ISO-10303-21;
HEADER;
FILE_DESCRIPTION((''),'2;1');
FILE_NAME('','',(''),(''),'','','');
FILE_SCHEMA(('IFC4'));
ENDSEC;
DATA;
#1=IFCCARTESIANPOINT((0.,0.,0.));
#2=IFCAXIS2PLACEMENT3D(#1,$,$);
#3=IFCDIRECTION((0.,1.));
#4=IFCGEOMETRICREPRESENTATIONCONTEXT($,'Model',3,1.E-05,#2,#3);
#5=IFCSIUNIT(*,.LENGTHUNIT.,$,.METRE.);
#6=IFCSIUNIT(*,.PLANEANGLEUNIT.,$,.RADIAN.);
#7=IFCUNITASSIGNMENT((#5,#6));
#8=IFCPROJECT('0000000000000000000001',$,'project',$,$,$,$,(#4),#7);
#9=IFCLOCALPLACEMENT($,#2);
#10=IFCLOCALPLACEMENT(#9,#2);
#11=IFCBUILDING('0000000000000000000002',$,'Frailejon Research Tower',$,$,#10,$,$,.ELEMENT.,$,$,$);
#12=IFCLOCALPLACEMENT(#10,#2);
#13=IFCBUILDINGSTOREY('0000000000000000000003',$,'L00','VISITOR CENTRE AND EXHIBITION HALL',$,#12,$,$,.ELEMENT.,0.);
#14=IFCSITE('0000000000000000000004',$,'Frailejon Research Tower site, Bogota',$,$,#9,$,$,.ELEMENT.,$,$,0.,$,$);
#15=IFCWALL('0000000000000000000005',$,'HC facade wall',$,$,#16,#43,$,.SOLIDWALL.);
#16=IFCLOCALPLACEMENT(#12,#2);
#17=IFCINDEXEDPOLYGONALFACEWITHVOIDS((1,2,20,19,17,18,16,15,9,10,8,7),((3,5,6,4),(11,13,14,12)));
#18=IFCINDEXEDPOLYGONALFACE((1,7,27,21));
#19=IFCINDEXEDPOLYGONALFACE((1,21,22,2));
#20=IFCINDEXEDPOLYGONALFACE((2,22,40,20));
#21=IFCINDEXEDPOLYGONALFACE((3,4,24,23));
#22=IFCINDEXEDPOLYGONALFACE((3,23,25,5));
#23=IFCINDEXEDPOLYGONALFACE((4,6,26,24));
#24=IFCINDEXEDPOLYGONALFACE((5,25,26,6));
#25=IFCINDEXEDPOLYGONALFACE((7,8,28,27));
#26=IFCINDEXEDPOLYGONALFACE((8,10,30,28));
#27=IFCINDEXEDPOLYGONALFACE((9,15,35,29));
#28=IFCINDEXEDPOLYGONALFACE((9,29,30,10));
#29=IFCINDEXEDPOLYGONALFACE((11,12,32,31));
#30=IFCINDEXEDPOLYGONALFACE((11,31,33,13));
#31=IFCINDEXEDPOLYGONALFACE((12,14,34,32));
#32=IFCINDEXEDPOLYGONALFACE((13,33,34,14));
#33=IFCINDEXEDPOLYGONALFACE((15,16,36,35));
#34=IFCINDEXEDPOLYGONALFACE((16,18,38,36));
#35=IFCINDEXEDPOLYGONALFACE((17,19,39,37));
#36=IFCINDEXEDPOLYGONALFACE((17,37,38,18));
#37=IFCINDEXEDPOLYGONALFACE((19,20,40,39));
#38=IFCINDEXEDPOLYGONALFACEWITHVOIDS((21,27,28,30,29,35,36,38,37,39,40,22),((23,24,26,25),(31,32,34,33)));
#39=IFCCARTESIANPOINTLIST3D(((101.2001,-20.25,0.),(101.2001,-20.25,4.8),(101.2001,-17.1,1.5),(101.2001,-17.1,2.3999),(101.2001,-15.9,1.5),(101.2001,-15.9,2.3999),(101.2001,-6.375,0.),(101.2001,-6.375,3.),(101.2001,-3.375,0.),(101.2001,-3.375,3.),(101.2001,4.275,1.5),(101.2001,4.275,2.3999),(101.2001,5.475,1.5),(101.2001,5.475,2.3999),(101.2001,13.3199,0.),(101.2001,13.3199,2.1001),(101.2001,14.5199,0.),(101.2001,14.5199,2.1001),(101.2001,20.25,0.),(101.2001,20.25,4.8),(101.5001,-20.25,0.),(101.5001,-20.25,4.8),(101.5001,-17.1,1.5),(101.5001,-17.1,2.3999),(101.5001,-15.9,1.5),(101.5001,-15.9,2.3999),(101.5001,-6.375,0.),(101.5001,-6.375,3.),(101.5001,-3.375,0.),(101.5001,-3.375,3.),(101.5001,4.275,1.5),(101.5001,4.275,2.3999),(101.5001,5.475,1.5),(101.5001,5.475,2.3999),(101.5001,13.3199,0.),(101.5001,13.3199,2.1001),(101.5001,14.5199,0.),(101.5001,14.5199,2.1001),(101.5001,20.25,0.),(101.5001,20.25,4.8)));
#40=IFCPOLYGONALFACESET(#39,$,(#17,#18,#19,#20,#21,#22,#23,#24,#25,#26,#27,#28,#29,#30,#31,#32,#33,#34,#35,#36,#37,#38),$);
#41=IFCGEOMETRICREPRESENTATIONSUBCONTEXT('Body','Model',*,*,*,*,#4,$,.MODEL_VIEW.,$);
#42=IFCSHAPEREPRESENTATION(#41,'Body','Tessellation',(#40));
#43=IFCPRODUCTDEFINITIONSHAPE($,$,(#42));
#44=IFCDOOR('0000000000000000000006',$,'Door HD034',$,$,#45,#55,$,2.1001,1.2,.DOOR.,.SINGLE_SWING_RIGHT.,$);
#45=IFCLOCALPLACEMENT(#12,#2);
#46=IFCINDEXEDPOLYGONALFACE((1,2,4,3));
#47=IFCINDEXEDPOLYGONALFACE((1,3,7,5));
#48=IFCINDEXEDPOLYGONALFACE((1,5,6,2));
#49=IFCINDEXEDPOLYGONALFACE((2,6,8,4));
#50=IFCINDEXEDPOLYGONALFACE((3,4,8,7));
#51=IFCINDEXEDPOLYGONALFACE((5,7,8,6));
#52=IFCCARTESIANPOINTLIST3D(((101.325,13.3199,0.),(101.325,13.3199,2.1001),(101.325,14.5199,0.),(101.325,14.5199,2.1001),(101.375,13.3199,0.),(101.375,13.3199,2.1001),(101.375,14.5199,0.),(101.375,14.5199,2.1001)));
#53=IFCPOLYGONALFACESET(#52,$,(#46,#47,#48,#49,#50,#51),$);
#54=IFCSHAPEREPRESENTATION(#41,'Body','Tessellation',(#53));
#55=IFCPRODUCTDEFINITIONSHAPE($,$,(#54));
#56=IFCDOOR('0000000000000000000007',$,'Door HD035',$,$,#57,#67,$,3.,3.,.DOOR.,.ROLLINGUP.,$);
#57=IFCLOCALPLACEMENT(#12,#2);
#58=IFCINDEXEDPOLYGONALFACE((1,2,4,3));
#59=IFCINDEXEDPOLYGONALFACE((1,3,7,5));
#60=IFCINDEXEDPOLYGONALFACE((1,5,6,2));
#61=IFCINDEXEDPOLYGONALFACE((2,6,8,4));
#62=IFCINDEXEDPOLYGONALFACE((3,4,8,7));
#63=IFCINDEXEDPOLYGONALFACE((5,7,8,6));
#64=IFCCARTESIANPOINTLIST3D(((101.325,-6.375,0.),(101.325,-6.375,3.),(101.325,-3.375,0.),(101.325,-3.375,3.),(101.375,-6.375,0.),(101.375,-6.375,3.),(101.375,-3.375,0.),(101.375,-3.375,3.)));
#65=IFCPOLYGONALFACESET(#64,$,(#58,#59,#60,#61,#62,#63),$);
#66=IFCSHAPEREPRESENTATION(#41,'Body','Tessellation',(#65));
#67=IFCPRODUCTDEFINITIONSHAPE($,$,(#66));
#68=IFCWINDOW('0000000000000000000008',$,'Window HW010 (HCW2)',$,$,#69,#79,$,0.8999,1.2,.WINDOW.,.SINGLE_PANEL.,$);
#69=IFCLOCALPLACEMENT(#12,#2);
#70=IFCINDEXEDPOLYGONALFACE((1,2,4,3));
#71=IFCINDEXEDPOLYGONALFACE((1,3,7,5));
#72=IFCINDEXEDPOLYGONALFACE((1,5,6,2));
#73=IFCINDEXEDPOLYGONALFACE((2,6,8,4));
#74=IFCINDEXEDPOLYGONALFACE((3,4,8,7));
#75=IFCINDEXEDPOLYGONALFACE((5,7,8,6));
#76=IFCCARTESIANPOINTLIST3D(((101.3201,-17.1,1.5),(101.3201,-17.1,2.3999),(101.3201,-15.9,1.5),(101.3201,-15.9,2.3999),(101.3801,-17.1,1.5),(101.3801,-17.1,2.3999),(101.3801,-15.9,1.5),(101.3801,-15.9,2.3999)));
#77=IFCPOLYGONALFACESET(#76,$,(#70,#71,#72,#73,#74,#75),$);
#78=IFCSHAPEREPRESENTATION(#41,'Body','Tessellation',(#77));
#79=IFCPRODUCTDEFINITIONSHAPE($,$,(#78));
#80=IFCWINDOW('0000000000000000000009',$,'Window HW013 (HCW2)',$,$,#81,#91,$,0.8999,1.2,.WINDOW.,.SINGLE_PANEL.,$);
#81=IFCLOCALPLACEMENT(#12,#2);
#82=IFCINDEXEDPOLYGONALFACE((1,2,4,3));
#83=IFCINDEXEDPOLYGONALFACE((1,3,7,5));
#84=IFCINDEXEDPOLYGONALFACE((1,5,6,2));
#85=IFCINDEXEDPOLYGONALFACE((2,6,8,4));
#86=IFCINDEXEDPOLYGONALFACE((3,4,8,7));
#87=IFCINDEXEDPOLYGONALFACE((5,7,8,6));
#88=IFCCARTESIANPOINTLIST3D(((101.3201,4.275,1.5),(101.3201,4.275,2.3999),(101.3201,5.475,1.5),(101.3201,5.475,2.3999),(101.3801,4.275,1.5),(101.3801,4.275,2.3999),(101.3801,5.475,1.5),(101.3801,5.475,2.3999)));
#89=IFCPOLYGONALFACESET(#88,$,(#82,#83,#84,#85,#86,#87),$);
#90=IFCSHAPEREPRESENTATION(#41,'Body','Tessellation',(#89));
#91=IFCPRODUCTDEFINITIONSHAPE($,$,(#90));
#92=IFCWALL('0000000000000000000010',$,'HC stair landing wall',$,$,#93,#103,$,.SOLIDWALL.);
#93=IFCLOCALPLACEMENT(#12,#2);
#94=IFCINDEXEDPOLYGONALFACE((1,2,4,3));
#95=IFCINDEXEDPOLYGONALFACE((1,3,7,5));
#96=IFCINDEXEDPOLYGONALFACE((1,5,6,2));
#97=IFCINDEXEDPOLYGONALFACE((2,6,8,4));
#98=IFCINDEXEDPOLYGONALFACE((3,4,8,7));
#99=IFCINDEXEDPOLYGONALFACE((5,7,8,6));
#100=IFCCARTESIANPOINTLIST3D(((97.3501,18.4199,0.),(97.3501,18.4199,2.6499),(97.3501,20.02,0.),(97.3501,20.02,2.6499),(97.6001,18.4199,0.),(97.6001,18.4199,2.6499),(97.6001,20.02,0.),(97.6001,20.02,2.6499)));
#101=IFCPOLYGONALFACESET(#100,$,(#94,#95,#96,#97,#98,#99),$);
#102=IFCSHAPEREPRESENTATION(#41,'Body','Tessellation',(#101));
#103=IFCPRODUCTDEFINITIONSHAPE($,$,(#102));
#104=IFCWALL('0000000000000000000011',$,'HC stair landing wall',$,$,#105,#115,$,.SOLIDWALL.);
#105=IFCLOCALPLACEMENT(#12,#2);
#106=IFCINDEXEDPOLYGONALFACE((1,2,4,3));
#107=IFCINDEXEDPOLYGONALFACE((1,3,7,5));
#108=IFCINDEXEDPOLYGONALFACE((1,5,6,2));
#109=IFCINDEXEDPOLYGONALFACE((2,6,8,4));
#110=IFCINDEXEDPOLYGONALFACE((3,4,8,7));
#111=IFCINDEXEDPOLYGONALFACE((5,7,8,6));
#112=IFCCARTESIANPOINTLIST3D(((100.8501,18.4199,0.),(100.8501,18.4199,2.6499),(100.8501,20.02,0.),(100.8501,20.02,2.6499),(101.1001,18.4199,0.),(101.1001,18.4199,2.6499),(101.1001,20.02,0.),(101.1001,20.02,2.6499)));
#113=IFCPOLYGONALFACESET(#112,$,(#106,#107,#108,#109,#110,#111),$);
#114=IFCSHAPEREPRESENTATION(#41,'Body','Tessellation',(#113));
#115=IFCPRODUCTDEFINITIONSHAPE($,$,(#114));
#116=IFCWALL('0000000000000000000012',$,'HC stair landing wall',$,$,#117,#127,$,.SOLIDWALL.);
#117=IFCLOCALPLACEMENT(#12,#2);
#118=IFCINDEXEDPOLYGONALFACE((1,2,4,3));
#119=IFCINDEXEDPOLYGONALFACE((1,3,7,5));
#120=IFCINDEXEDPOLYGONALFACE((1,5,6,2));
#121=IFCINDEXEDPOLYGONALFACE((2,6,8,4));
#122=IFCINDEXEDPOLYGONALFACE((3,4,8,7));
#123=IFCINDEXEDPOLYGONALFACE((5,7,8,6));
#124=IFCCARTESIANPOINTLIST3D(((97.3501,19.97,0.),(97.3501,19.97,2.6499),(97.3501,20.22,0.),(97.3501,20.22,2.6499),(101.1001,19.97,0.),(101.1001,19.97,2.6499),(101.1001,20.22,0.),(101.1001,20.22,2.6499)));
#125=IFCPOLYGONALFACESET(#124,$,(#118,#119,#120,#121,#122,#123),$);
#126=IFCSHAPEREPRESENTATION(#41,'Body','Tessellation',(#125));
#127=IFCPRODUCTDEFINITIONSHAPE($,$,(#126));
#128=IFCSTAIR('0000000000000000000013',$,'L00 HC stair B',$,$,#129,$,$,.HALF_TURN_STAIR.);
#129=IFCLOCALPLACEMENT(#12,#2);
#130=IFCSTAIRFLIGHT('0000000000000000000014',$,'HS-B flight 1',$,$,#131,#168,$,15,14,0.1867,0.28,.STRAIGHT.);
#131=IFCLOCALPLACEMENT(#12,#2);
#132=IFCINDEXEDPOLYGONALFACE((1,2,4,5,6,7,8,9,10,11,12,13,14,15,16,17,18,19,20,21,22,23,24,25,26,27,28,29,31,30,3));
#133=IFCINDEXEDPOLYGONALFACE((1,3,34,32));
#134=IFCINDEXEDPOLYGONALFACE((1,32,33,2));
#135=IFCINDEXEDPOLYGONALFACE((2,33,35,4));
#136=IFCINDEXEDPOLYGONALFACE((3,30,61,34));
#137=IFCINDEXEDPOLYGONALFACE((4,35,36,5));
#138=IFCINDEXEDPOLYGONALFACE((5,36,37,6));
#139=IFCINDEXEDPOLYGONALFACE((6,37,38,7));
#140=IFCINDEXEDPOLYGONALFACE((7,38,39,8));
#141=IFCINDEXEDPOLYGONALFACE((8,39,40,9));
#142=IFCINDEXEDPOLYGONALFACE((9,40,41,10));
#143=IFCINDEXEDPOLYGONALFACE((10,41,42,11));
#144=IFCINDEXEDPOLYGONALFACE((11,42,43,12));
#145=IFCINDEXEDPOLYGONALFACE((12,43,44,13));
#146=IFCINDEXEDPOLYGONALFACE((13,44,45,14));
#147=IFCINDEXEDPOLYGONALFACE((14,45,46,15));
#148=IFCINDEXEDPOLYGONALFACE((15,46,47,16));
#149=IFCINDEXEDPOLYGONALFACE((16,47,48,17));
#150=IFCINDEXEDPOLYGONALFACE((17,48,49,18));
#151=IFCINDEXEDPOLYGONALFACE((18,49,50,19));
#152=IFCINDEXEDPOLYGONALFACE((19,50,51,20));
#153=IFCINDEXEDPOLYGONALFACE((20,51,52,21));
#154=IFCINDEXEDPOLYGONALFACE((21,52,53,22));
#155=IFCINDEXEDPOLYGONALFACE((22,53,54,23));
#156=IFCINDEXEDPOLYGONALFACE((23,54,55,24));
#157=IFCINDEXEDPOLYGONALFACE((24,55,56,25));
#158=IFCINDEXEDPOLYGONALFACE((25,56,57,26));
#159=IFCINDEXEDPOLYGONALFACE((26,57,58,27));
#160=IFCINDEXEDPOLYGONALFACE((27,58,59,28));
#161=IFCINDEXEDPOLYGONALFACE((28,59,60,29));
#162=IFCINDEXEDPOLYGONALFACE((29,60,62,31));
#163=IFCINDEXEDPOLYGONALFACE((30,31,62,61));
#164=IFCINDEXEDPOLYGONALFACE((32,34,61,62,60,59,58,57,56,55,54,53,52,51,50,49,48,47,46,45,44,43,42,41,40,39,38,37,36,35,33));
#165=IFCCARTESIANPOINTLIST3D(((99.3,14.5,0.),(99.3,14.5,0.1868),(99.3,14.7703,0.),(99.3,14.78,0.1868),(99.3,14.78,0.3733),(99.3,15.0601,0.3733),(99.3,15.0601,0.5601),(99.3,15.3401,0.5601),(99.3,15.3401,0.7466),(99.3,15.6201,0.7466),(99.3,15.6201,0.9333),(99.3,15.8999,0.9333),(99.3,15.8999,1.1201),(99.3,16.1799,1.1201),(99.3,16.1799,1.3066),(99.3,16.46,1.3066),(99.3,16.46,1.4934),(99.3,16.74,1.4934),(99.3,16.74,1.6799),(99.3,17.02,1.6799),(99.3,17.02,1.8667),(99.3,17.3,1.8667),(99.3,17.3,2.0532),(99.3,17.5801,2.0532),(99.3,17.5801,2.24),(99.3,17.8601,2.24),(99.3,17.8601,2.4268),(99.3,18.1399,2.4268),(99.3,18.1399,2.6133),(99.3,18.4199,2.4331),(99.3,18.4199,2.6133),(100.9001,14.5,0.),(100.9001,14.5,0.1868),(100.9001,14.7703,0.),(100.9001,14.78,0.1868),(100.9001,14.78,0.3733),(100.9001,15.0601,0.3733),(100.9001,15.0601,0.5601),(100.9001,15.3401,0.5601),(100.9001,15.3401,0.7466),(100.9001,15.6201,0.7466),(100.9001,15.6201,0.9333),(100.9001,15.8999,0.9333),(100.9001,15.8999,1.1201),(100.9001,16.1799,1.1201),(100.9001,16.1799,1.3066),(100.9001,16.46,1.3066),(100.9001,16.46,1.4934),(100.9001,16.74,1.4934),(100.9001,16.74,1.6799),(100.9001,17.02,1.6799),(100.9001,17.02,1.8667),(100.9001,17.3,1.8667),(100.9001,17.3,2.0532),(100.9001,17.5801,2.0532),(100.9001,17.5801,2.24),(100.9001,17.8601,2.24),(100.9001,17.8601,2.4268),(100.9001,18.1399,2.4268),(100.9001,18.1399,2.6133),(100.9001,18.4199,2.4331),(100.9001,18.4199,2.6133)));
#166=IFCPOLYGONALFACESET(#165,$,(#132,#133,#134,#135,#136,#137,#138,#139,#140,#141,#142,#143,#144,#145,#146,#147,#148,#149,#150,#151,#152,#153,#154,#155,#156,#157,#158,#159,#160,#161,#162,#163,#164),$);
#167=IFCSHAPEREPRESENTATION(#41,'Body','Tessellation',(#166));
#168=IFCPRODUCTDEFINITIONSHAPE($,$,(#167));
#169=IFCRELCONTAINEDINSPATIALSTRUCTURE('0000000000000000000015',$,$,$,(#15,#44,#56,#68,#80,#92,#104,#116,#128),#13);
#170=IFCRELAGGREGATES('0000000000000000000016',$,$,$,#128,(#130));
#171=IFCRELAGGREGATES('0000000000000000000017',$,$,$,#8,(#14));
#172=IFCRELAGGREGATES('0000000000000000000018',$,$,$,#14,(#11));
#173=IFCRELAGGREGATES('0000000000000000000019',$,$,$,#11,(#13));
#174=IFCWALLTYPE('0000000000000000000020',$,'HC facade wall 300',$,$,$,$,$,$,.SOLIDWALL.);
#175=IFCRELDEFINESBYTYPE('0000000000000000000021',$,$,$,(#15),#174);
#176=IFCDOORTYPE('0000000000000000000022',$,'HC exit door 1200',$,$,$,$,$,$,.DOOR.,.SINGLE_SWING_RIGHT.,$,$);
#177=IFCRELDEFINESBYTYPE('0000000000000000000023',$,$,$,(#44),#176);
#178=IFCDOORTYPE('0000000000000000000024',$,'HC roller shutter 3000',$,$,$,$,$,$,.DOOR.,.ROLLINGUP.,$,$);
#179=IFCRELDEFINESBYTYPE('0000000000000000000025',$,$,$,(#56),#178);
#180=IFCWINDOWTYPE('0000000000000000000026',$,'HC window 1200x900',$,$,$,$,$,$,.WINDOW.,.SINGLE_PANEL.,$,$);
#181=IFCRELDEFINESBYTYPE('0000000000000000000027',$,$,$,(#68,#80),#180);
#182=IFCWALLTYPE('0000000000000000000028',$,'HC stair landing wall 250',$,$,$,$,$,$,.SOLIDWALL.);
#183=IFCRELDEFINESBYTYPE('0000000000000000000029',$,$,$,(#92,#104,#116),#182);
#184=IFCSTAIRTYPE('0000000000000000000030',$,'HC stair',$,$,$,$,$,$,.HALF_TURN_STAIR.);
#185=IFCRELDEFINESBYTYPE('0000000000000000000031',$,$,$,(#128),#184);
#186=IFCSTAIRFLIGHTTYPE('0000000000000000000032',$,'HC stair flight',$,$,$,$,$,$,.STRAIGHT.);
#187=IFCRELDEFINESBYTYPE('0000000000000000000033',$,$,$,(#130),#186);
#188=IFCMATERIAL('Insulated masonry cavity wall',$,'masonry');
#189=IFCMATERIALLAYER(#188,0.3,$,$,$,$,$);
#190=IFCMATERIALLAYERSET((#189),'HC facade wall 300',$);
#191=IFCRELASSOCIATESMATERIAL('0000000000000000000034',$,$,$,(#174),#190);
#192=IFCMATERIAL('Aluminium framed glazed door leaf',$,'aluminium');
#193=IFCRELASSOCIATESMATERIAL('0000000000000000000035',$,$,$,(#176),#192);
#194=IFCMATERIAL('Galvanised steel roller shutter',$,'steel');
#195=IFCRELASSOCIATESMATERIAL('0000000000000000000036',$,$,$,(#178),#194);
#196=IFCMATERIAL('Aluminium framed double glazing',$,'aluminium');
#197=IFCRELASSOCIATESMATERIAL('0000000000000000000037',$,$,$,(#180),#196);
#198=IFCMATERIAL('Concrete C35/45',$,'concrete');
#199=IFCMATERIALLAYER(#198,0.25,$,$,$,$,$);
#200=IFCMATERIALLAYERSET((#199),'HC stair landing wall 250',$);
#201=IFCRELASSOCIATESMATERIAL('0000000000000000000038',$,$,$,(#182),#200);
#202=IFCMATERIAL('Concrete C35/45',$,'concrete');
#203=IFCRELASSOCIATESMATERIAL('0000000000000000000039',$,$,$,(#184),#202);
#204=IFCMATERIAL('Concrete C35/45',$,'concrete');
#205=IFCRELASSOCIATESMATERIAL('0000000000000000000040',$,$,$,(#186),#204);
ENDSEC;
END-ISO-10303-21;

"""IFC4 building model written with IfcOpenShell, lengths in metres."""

from ifc_helpers import new_model, si_unit, direction, frame, frame_2d, origin, place, context, subcontext, project, spatial, polyline, rectangle, outline, extrude, material, layer, layer_set, type_object, element, fill, aggregate, save


model = new_model("IFC4")

# Units and contexts
model_context = context("Model", 3, precision=1e-05, world=origin(), true_north=direction((0.0, 1.0)))
body_context = subcontext(model_context, "Body", "Model", "MODEL_VIEW")
ifc_project = project(units=[si_unit("LENGTHUNIT", "METRE"), si_unit("PLANEANGLEUNIT", "RADIAN")], contexts=[model_context])

# Site, building, storey
site_placement = place(None, origin())
site = spatial("IfcSite", under=ifc_project, at=site_placement, Name="Frailejon Research Tower site, Bogota", CompositionType="ELEMENT", RefElevation=0.0)
building_placement = place(site_placement, origin())
building = spatial("IfcBuilding", under=site, at=building_placement, Name="Frailejon Research Tower", CompositionType="ELEMENT")
storey_placement = place(building_placement, origin())
storey = spatial("IfcBuildingStorey", under=building, at=storey_placement, Name="L00", Description="VISITOR CENTRE AND EXHIBITION HALL", CompositionType="ELEMENT", Elevation=0.0)

# Wall, openings, doors, windows
ifc_material_1 = material(Name="Insulated masonry cavity wall", Category="masonry")
ifc_layer_1 = layer(ifc_material_1, 0.3)
ifc_layer_set_1 = layer_set([ifc_layer_1], Name="HC facade wall 300")
wall_type_1 = type_object("IfcWallType", Name="HC facade wall 300", PredefinedType="SOLIDWALL", material=ifc_layer_set_1)
wall_1_placement = place(storey_placement, frame((101.3501, 20.25, 0.0), z_axis=(0.0, 0.0, 1.0), x_axis=(0.0, -1.0, 0.0)))
wall_1 = element("IfcWall", 1, at=wall_1_placement, inside=storey, type_object=wall_type_1, Name="HC facade wall", PredefinedType="SOLIDWALL", context=body_context, shape_type="SweptSolid", body=[
    extrude(rectangle(XDim=40.5, YDim=0.3, at=frame_2d((20.25, 0.0))), origin(), (0.0, 0.0, 1.0), 4.8),
])
opening_1_placement = place(wall_1_placement, frame((5.73, 0.0, 0.0)))
opening_1 = element("IfcOpeningElement", 2, at=opening_1_placement, cuts=wall_1, PredefinedType="OPENING", context=body_context, shape_type="SweptSolid", body=[
    extrude(rectangle(XDim=1.2, YDim=2.1001, at=frame_2d((0.6001, 1.05))), frame((0.0, 0.1599, 0.0), z_axis=(0.0, -1.0, 0.0), x_axis=(1.0, 0.0, 0.0)), (0.0, 0.0, 1.0), 0.3201),
])
opening_2_placement = place(wall_1_placement, frame((23.625, 0.0, 0.0)))
opening_2 = element("IfcOpeningElement", 3, at=opening_2_placement, cuts=wall_1, PredefinedType="OPENING", context=body_context, shape_type="SweptSolid", body=[
    extrude(rectangle(XDim=3.0, YDim=3.0, at=frame_2d((1.5, 1.5))), frame((0.0, 0.1599, 0.0), z_axis=(0.0, -1.0, 0.0), x_axis=(1.0, 0.0, 0.0)), (0.0, 0.0, 1.0), 0.3201),
])
opening_3_placement = place(wall_1_placement, frame((36.1499, 0.0, 1.5)))
opening_3 = element("IfcOpeningElement", 4, at=opening_3_placement, cuts=wall_1, PredefinedType="OPENING", context=body_context, shape_type="SweptSolid", body=[
    extrude(rectangle(XDim=1.2, YDim=0.8999, at=frame_2d((0.6001, 0.45))), frame((0.0, 0.1599, 0.0), z_axis=(0.0, -1.0, 0.0), x_axis=(1.0, 0.0, 0.0)), (0.0, 0.0, 1.0), 0.3201),
])
opening_4_placement = place(wall_1_placement, frame((14.7749, 0.0, 1.5)))
opening_4 = element("IfcOpeningElement", 5, at=opening_4_placement, cuts=wall_1, PredefinedType="OPENING", context=body_context, shape_type="SweptSolid", body=[
    extrude(rectangle(XDim=1.2, YDim=0.8999, at=frame_2d((0.6001, 0.45))), frame((0.0, 0.1599, 0.0), z_axis=(0.0, -1.0, 0.0), x_axis=(1.0, 0.0, 0.0)), (0.0, 0.0, 1.0), 0.3201),
])
ifc_material_2 = material(Name="Aluminium framed glazed door leaf", Category="aluminium")
door_type_1 = type_object("IfcDoorType", Name="HC exit door 1200", OperationType="SINGLE_SWING_RIGHT", PredefinedType="DOOR", material=ifc_material_2)
door_1_placement = place(opening_1_placement, origin())
door_1 = element("IfcDoor", 6, at=door_1_placement, inside=storey, type_object=door_type_1, Name="Door HD034", OperationType="SINGLE_SWING_RIGHT", OverallHeight=2.1001, OverallWidth=1.2, PredefinedType="DOOR", context=body_context, shape_type="SweptSolid", body=[
    extrude(rectangle(XDim=1.2, YDim=2.1001, at=frame_2d((0.6001, 1.05))), frame((0.0, 0.0249, 0.0), z_axis=(0.0, -1.0, 0.0), x_axis=(1.0, 0.0, 0.0)), (0.0, 0.0, 1.0), 0.05),
])
fill(opening_1, door_1)
ifc_material_3 = material(Name="Galvanised steel roller shutter", Category="steel")
door_type_2 = type_object("IfcDoorType", Name="HC roller shutter 3000", OperationType="ROLLINGUP", PredefinedType="DOOR", material=ifc_material_3)
door_2_placement = place(opening_2_placement, origin())
door_2 = element("IfcDoor", 7, at=door_2_placement, inside=storey, type_object=door_type_2, Name="Door HD035", OperationType="ROLLINGUP", OverallHeight=3.0, OverallWidth=3.0, PredefinedType="DOOR", context=body_context, shape_type="SweptSolid", body=[
    extrude(rectangle(XDim=3.0, YDim=3.0, at=frame_2d((1.5, 1.5))), frame((0.0, 0.0249, 0.0), z_axis=(0.0, -1.0, 0.0), x_axis=(1.0, 0.0, 0.0)), (0.0, 0.0, 1.0), 0.05),
])
fill(opening_2, door_2)
ifc_material_4 = material(Name="Aluminium framed double glazing", Category="aluminium")
window_type = type_object("IfcWindowType", Name="HC window 1200x900", PartitioningType="SINGLE_PANEL", PredefinedType="WINDOW", material=ifc_material_4)
window_1_placement = place(opening_3_placement, origin())
window_1 = element("IfcWindow", 8, at=window_1_placement, inside=storey, type_object=window_type, Name="Window HW010 (HCW2)", OverallHeight=0.8999, OverallWidth=1.2, PartitioningType="SINGLE_PANEL", PredefinedType="WINDOW", context=body_context, shape_type="SweptSolid", body=[
    extrude(rectangle(XDim=1.2, YDim=0.8999, at=frame_2d((0.6001, 0.45))), frame((0.0, 0.03, 0.0), z_axis=(0.0, -1.0, 0.0), x_axis=(1.0, 0.0, 0.0)), (0.0, 0.0, 1.0), 0.0601),
])
fill(opening_3, window_1)
window_2_placement = place(opening_4_placement, origin())
window_2 = element("IfcWindow", 9, at=window_2_placement, inside=storey, type_object=window_type, Name="Window HW013 (HCW2)", OverallHeight=0.8999, OverallWidth=1.2, PartitioningType="SINGLE_PANEL", PredefinedType="WINDOW", context=body_context, shape_type="SweptSolid", body=[
    extrude(rectangle(XDim=1.2, YDim=0.8999, at=frame_2d((0.6001, 0.45))), frame((0.0, 0.03, 0.0), z_axis=(0.0, -1.0, 0.0), x_axis=(1.0, 0.0, 0.0)), (0.0, 0.0, 1.0), 0.0601),
])
fill(opening_4, window_2)

# Walls
ifc_material_5 = material(Name="Concrete C35/45", Category="concrete")
ifc_layer_2 = layer(ifc_material_5, 0.25)
ifc_layer_set_2 = layer_set([ifc_layer_2], Name="HC stair landing wall 250")
wall_type_2 = type_object("IfcWallType", Name="HC stair landing wall 250", PredefinedType="SOLIDWALL", material=ifc_layer_set_2)
for number, where, z_axis, x_axis, name in (
    (10, (97.4751, 18.4199, 0.0), (0.0, 0.0, 1.0), (0.0, 1.0, 0.0), "HC stair landing wall"),
    (11, (100.9751, 18.4199, 0.0), (0.0, 0.0, 1.0), (0.0, 1.0, 0.0), "HC stair landing wall"),
):
    element("IfcWall", number, at=place(storey_placement, frame(where, z_axis=z_axis, x_axis=x_axis)), inside=storey, type_object=wall_type_2, Name=name, PredefinedType="SOLIDWALL", context=body_context, shape_type="SweptSolid", body=[
        extrude(rectangle(XDim=1.6001, YDim=0.25, at=frame_2d((0.8, 0.0))), origin(), (0.0, 0.0, 1.0), 2.6499),
    ])
wall_2_placement = place(storey_placement, frame((97.3501, 20.095, 0.0), z_axis=(0.0, 0.0, 1.0), x_axis=(1.0, 0.0, 0.0)))
element("IfcWall", 12, at=wall_2_placement, inside=storey, type_object=wall_type_2, Name="HC stair landing wall", PredefinedType="SOLIDWALL", context=body_context, shape_type="SweptSolid", body=[
    extrude(rectangle(XDim=3.75, YDim=0.25, at=frame_2d((1.875, 0.0))), origin(), (0.0, 0.0, 1.0), 2.6499),
])

# Stair, stair flight
ifc_material_6 = material(Name="Concrete C35/45", Category="concrete")
stair_type = type_object("IfcStairType", Name="HC stair", PredefinedType="HALF_TURN_STAIR", material=ifc_material_6)
stair_placement = place(storey_placement, origin())
stair = element("IfcStair", 13, at=stair_placement, inside=storey, type_object=stair_type, Name="L00 HC stair B", PredefinedType="HALF_TURN_STAIR")
ifc_material_7 = material(Name="Concrete C35/45", Category="concrete")
stair_flight_type = type_object("IfcStairFlightType", Name="HC stair flight", PredefinedType="STRAIGHT", material=ifc_material_7)
stair_flight_1_placement = place(storey_placement, frame((100.1001, 14.5, 0.0), z_axis=(0.0, 0.0, 1.0), x_axis=(0.0, 1.0, 0.0)))
stair_flight_1 = element("IfcStairFlight", 14, at=stair_flight_1_placement, type_object=stair_flight_type, Name="HS-B flight 1", NumberOfRisers=15, NumberOfTreads=14, PredefinedType="STRAIGHT", RiserHeight=0.1867, TreadLength=0.28, context=body_context, shape_type="SweptSolid", body=[
    extrude(outline(polyline([(0.0, 0.0), (0.0, 0.1868), (0.28, 0.1868), (0.28, 0.3733), (0.5601, 0.3733), (0.5601, 0.5601), (0.8401, 0.5601), (0.8401, 0.7466), (1.1201, 0.7466), (1.1201, 0.9333), (1.3999, 0.9333), (1.3999, 1.1201), (1.6799, 1.1201), (1.6799, 1.3066), (1.96, 1.3066), (1.96, 1.4934), (2.24, 1.4934), (2.24, 1.6799), (2.52, 1.6799), (2.52, 1.8667), (2.8, 1.8667), (2.8, 2.0532), (3.0801, 2.0532), (3.0801, 2.24), (3.3601, 2.24), (3.3601, 2.4268), (3.6399, 2.4268), (3.6399, 2.6133), (3.9199, 2.6133), (3.9199, 2.8), (3.9199, 2.4331), (0.2703, 0.0), (0.0, 0.0)])), frame((0.0, 0.8, 0.0), z_axis=(0.0, -1.0, 0.0), x_axis=(1.0, 0.0, 0.0)), (0.0, 0.0, 1.0), 1.6001),
])
aggregate(stair, [stair_flight_1])

save(model, "model.ifc")
